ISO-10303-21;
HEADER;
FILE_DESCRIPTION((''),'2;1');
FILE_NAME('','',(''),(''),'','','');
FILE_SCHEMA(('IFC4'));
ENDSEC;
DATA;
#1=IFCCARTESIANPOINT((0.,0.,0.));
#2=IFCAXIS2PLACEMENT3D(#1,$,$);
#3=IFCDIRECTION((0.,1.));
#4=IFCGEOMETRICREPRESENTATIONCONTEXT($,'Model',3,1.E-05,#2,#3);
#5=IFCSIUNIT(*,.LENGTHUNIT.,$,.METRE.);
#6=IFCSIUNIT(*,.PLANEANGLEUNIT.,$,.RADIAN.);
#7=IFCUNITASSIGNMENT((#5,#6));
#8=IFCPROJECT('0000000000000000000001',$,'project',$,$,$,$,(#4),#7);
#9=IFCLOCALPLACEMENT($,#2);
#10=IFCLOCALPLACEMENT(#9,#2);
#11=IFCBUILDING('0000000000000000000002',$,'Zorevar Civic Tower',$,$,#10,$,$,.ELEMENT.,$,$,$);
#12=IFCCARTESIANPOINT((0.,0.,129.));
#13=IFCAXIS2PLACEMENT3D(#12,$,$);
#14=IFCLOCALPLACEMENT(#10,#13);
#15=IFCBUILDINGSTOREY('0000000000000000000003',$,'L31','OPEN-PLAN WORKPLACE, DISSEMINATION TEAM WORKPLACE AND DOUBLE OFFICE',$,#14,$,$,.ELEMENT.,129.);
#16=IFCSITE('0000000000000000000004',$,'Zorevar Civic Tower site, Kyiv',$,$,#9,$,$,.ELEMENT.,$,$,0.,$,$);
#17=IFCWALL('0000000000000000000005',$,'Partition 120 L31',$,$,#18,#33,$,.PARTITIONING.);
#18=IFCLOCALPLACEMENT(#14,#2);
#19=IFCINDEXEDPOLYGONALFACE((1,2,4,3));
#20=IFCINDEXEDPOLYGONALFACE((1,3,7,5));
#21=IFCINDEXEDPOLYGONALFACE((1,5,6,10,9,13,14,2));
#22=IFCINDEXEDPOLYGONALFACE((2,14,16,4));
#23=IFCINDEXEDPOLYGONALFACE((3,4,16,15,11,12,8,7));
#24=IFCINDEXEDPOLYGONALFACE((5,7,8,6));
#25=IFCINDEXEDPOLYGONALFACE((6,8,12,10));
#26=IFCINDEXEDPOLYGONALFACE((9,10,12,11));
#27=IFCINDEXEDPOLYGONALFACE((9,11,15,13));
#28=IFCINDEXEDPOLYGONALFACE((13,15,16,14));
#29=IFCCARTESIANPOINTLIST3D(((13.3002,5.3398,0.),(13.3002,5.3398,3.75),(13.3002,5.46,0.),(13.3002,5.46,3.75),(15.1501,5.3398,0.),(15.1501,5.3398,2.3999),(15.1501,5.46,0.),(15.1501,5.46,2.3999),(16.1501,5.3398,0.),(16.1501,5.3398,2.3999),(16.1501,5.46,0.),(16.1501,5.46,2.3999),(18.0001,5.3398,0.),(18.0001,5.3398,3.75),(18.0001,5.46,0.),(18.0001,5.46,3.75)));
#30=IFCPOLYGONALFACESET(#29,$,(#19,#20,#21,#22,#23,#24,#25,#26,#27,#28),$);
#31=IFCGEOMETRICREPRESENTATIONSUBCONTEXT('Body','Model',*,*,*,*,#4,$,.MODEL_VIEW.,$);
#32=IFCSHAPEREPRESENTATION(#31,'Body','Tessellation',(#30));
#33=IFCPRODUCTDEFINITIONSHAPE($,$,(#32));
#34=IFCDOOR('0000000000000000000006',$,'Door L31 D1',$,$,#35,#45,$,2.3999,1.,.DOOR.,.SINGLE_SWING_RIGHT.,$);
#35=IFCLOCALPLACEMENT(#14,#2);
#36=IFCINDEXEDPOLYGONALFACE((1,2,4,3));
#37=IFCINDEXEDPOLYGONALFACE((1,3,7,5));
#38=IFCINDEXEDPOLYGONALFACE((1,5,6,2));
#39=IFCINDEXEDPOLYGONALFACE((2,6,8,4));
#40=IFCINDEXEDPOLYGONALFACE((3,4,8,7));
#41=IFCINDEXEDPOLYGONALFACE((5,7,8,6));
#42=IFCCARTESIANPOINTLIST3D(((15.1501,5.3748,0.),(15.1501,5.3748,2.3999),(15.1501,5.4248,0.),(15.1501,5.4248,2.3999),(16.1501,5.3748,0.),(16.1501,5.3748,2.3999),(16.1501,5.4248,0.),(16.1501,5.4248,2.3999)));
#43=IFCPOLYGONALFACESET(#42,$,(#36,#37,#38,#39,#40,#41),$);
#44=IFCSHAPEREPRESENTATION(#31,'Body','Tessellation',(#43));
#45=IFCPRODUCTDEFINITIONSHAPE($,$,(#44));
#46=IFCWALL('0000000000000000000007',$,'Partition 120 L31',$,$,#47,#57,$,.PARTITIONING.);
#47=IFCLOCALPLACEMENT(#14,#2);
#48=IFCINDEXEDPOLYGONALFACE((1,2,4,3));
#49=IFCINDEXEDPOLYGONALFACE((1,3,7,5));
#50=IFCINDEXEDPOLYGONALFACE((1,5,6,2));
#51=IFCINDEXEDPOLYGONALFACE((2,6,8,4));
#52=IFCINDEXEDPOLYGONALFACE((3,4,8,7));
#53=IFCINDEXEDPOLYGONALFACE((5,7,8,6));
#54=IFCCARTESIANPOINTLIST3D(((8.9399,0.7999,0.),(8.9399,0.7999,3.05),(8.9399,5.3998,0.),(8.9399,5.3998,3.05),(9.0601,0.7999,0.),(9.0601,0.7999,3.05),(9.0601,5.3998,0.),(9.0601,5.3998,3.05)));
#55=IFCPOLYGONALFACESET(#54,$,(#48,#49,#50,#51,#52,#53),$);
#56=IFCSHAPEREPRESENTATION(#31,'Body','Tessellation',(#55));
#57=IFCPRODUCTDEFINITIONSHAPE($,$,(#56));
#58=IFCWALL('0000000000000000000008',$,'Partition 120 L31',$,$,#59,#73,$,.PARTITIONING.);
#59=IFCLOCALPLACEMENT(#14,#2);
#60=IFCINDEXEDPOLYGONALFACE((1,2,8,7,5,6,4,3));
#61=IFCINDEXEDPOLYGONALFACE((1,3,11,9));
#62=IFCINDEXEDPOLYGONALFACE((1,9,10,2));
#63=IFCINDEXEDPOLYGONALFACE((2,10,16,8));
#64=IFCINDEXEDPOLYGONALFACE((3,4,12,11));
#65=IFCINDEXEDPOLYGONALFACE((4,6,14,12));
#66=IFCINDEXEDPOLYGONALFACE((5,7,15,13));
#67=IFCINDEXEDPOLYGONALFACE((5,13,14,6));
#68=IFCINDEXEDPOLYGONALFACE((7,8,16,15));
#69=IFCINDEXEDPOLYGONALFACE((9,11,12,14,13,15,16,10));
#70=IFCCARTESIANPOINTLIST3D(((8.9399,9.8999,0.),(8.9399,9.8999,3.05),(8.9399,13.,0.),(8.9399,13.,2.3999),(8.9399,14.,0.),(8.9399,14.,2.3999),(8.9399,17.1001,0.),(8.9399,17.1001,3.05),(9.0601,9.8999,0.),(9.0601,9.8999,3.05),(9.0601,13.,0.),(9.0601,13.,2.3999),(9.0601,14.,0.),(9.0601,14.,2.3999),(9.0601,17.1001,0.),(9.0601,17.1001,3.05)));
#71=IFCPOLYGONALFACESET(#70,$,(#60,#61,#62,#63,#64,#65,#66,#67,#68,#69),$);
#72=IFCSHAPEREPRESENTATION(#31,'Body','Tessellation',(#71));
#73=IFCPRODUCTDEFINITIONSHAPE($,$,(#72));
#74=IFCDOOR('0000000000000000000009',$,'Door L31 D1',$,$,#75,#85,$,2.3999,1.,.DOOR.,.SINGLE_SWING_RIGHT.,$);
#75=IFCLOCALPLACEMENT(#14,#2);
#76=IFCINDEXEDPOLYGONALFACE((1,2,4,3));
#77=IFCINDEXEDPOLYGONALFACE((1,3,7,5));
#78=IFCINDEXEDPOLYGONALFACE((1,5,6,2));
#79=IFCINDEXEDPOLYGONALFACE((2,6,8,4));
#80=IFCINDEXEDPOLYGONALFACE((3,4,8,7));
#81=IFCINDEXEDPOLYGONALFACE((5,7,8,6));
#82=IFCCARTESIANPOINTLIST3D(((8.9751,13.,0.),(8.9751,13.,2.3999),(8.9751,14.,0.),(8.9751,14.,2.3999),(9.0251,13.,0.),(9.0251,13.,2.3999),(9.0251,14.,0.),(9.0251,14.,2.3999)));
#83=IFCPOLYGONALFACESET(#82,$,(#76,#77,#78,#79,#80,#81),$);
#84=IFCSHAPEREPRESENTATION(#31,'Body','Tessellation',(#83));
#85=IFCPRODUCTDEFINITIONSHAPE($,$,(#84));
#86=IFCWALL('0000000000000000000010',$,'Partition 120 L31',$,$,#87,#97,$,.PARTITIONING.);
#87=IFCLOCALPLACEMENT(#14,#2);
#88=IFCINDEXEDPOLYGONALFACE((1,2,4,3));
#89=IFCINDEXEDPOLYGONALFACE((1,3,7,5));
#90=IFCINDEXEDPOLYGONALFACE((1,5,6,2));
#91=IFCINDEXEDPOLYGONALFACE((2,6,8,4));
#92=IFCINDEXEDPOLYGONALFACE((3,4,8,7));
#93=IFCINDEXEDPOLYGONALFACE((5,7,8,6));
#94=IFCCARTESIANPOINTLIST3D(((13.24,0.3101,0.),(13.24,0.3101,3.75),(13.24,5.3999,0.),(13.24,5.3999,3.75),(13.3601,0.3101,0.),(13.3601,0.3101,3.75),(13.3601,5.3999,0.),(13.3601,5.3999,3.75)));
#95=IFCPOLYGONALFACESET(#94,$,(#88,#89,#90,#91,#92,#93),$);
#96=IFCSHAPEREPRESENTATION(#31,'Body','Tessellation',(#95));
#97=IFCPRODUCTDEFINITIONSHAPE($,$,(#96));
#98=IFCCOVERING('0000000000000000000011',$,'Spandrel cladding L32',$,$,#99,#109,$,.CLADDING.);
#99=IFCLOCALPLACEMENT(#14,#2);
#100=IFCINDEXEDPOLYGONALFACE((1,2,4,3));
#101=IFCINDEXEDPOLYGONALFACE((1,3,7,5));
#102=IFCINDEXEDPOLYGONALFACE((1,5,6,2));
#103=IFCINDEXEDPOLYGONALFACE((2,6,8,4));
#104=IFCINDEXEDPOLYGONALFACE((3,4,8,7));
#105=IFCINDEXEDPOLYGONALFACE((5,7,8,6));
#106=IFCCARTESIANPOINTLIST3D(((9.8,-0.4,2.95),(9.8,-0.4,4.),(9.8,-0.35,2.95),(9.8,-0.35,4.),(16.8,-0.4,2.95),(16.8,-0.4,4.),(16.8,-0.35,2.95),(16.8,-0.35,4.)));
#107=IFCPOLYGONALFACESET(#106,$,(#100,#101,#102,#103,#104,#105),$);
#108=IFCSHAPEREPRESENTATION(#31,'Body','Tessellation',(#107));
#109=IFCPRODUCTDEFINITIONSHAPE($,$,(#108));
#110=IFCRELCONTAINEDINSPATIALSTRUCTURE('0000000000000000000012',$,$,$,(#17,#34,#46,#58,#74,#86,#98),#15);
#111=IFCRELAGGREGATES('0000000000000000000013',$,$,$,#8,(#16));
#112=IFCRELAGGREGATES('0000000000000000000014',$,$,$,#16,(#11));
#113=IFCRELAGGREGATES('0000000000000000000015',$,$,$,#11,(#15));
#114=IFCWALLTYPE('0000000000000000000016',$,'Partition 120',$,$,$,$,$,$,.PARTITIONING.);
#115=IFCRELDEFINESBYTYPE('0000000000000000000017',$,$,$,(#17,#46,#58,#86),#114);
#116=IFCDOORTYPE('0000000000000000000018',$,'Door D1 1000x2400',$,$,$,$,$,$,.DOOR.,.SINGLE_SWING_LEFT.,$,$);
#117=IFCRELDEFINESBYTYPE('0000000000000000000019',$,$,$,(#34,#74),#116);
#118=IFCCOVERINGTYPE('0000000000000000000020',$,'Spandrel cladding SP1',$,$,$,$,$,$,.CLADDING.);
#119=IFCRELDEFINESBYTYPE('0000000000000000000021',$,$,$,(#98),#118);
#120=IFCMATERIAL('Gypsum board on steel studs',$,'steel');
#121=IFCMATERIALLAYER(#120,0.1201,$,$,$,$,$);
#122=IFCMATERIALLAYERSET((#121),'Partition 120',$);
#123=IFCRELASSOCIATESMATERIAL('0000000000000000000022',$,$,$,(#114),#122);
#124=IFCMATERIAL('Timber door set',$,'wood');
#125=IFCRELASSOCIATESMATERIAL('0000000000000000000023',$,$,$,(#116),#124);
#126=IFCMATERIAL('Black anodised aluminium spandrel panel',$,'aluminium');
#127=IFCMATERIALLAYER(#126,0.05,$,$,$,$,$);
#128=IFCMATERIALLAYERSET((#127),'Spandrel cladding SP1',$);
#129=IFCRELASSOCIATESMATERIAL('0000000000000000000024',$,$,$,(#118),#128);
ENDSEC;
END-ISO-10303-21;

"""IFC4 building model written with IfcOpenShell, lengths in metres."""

from ifc_helpers import new_model, si_unit, direction, frame, frame_2d, origin, place, context, subcontext, project, spatial, rectangle, extrude, material, layer, layer_set, type_object, element, fill, save


model = new_model("IFC4")

# Units and contexts
model_context = context("Model", 3, precision=1e-05, world=origin(), true_north=direction((0.0, 1.0)))
body_context = subcontext(model_context, "Body", "Model", "MODEL_VIEW")
ifc_project = project(units=[si_unit("LENGTHUNIT", "METRE"), si_unit("PLANEANGLEUNIT", "RADIAN")], contexts=[model_context])

# Site, building, storey
site_placement = place(None, origin())
site = spatial("IfcSite", under=ifc_project, at=site_placement, Name="Zorevar Civic Tower site, Kyiv", CompositionType="ELEMENT", RefElevation=0.0)
building_placement = place(site_placement, origin())
building = spatial("IfcBuilding", under=site, at=building_placement, Name="Zorevar Civic Tower", CompositionType="ELEMENT")
storey_placement = place(building_placement, frame((0.0, 0.0, 129.0)))
storey = spatial("IfcBuildingStorey", under=building, at=storey_placement, Name="L31", Description="OPEN-PLAN WORKPLACE, DISSEMINATION TEAM WORKPLACE AND DOUBLE OFFICE", CompositionType="ELEMENT", Elevation=129.0)

# Wall, opening, door
ifc_material_1 = material(Name="Gypsum board on steel studs", Category="steel")
ifc_layer_1 = layer(ifc_material_1, 0.1201)
ifc_layer_set_1 = layer_set([ifc_layer_1], Name="Partition 120")
wall_type = type_object("IfcWallType", Name="Partition 120", PredefinedType="PARTITIONING", material=ifc_layer_set_1)
ifc_material_2 = material(Name="Timber door set", Category="wood")
door_type = type_object("IfcDoorType", Name="Door D1 1000x2400", OperationType="SINGLE_SWING_LEFT", PredefinedType="DOOR", material=ifc_material_2)
wall_1_placement = place(storey_placement, frame((13.3, 5.3999, 0.0), z_axis=(0.0, 0.0, 1.0), x_axis=(1.0, 0.0, 0.0)))
wall_1 = element("IfcWall", 1, at=wall_1_placement, inside=storey, type_object=wall_type, Name="Partition 120 L31", PredefinedType="PARTITIONING", context=body_context, shape_type="SweptSolid", body=[
    extrude(rectangle(XDim=4.7, YDim=0.1201, at=frame_2d((2.3501, 0.0))), origin(), (0.0, 0.0, 1.0), 3.75),
])
opening_1_placement = place(wall_1_placement, frame((1.8501, 0.0, 0.0)))
opening_1 = element("IfcOpeningElement", 2, at=opening_1_placement, cuts=wall_1, PredefinedType="OPENING", context=body_context, shape_type="SweptSolid", body=[
    extrude(rectangle(XDim=1.0, YDim=2.3999, at=frame_2d((0.5, 1.2))), frame((0.0, 0.0701, 0.0), z_axis=(0.0, -1.0, 0.0), x_axis=(1.0, 0.0, 0.0)), (0.0, 0.0, 1.0), 0.1401),
])
door_1_placement = place(opening_1_placement, origin())
door_1 = element("IfcDoor", 3, at=door_1_placement, inside=storey, type_object=door_type, Name="Door L31 D1", OperationType="SINGLE_SWING_RIGHT", OverallHeight=2.3999, OverallWidth=1.0, PredefinedType="DOOR", context=body_context, shape_type="SweptSolid", body=[
    extrude(rectangle(XDim=1.0, YDim=2.3999, at=frame_2d((0.5, 1.2))), frame((0.0, 0.0249, 0.0), z_axis=(0.0, -1.0, 0.0), x_axis=(1.0, 0.0, 0.0)), (0.0, 0.0, 1.0), 0.05),
])
fill(opening_1, door_1)

# Wall
wall_2_placement = place(storey_placement, frame((9.0, 0.8, 0.0), z_axis=(0.0, 0.0, 1.0), x_axis=(0.0, 1.0, 0.0)))
element("IfcWall", 4, at=wall_2_placement, inside=storey, type_object=wall_type, Name="Partition 120 L31", PredefinedType="PARTITIONING", context=body_context, shape_type="SweptSolid", body=[
    extrude(rectangle(XDim=4.5999, YDim=0.1201, at=frame_2d((2.2998, 0.0))), origin(), (0.0, 0.0, 1.0), 3.05),
])

# Wall, opening, door
wall_3_placement = place(storey_placement, frame((9.0, 9.8999, 0.0), z_axis=(0.0, 0.0, 1.0), x_axis=(0.0, 1.0, 0.0)))
wall_3 = element("IfcWall", 5, at=wall_3_placement, inside=storey, type_object=wall_type, Name="Partition 120 L31", PredefinedType="PARTITIONING", context=body_context, shape_type="SweptSolid", body=[
    extrude(rectangle(XDim=7.2002, YDim=0.1201, at=frame_2d((3.6001, 0.0))), origin(), (0.0, 0.0, 1.0), 3.05),
])
opening_2_placement = place(wall_3_placement, frame((3.1001, 0.0, 0.0)))
opening_2 = element("IfcOpeningElement", 6, at=opening_2_placement, cuts=wall_3, PredefinedType="OPENING", context=body_context, shape_type="SweptSolid", body=[
    extrude(rectangle(XDim=1.0, YDim=2.3999, at=frame_2d((0.5, 1.2))), frame((0.0, 0.0701, 0.0), z_axis=(0.0, -1.0, 0.0), x_axis=(1.0, 0.0, 0.0)), (0.0, 0.0, 1.0), 0.1401),
])
door_2_placement = place(opening_2_placement, origin())
door_2 = element("IfcDoor", 7, at=door_2_placement, inside=storey, type_object=door_type, Name="Door L31 D1", OperationType="SINGLE_SWING_RIGHT", OverallHeight=2.3999, OverallWidth=1.0, PredefinedType="DOOR", context=body_context, shape_type="SweptSolid", body=[
    extrude(rectangle(XDim=1.0, YDim=2.3999, at=frame_2d((0.5, 1.2))), frame((0.0, 0.0249, 0.0), z_axis=(0.0, -1.0, 0.0), x_axis=(1.0, 0.0, 0.0)), (0.0, 0.0, 1.0), 0.05),
])
fill(opening_2, door_2)

# Wall
wall_4_placement = place(storey_placement, frame((13.3, 0.3101, 0.0), z_axis=(0.0, 0.0, 1.0), x_axis=(0.0, 1.0, 0.0)))
element("IfcWall", 8, at=wall_4_placement, inside=storey, type_object=wall_type, Name="Partition 120 L31", PredefinedType="PARTITIONING", context=body_context, shape_type="SweptSolid", body=[
    extrude(rectangle(XDim=5.0898, YDim=0.1201, at=frame_2d((2.5449, 0.0))), origin(), (0.0, 0.0, 1.0), 3.75),
])

# Covering
ifc_material_3 = material(Name="Black anodised aluminium spandrel panel", Category="aluminium")
ifc_layer_2 = layer(ifc_material_3, 0.05)
ifc_layer_set_2 = layer_set([ifc_layer_2], Name="Spandrel cladding SP1")
covering_type = type_object("IfcCoveringType", Name="Spandrel cladding SP1", PredefinedType="CLADDING", material=ifc_layer_set_2)
covering_placement = place(storey_placement, frame((9.8, -0.375, 2.95), z_axis=(0.0, 0.0, 1.0), x_axis=(1.0, 0.0, 0.0)))
element("IfcCovering", 9, at=covering_placement, inside=storey, type_object=covering_type, Name="Spandrel cladding L32", PredefinedType="CLADDING", context=body_context, shape_type="SweptSolid", body=[
    extrude(rectangle(XDim=7.0, YDim=0.05, at=frame_2d((3.5, 0.0))), origin(), (0.0, 0.0, 1.0), 1.05),
])

save(model, "model.ifc")
